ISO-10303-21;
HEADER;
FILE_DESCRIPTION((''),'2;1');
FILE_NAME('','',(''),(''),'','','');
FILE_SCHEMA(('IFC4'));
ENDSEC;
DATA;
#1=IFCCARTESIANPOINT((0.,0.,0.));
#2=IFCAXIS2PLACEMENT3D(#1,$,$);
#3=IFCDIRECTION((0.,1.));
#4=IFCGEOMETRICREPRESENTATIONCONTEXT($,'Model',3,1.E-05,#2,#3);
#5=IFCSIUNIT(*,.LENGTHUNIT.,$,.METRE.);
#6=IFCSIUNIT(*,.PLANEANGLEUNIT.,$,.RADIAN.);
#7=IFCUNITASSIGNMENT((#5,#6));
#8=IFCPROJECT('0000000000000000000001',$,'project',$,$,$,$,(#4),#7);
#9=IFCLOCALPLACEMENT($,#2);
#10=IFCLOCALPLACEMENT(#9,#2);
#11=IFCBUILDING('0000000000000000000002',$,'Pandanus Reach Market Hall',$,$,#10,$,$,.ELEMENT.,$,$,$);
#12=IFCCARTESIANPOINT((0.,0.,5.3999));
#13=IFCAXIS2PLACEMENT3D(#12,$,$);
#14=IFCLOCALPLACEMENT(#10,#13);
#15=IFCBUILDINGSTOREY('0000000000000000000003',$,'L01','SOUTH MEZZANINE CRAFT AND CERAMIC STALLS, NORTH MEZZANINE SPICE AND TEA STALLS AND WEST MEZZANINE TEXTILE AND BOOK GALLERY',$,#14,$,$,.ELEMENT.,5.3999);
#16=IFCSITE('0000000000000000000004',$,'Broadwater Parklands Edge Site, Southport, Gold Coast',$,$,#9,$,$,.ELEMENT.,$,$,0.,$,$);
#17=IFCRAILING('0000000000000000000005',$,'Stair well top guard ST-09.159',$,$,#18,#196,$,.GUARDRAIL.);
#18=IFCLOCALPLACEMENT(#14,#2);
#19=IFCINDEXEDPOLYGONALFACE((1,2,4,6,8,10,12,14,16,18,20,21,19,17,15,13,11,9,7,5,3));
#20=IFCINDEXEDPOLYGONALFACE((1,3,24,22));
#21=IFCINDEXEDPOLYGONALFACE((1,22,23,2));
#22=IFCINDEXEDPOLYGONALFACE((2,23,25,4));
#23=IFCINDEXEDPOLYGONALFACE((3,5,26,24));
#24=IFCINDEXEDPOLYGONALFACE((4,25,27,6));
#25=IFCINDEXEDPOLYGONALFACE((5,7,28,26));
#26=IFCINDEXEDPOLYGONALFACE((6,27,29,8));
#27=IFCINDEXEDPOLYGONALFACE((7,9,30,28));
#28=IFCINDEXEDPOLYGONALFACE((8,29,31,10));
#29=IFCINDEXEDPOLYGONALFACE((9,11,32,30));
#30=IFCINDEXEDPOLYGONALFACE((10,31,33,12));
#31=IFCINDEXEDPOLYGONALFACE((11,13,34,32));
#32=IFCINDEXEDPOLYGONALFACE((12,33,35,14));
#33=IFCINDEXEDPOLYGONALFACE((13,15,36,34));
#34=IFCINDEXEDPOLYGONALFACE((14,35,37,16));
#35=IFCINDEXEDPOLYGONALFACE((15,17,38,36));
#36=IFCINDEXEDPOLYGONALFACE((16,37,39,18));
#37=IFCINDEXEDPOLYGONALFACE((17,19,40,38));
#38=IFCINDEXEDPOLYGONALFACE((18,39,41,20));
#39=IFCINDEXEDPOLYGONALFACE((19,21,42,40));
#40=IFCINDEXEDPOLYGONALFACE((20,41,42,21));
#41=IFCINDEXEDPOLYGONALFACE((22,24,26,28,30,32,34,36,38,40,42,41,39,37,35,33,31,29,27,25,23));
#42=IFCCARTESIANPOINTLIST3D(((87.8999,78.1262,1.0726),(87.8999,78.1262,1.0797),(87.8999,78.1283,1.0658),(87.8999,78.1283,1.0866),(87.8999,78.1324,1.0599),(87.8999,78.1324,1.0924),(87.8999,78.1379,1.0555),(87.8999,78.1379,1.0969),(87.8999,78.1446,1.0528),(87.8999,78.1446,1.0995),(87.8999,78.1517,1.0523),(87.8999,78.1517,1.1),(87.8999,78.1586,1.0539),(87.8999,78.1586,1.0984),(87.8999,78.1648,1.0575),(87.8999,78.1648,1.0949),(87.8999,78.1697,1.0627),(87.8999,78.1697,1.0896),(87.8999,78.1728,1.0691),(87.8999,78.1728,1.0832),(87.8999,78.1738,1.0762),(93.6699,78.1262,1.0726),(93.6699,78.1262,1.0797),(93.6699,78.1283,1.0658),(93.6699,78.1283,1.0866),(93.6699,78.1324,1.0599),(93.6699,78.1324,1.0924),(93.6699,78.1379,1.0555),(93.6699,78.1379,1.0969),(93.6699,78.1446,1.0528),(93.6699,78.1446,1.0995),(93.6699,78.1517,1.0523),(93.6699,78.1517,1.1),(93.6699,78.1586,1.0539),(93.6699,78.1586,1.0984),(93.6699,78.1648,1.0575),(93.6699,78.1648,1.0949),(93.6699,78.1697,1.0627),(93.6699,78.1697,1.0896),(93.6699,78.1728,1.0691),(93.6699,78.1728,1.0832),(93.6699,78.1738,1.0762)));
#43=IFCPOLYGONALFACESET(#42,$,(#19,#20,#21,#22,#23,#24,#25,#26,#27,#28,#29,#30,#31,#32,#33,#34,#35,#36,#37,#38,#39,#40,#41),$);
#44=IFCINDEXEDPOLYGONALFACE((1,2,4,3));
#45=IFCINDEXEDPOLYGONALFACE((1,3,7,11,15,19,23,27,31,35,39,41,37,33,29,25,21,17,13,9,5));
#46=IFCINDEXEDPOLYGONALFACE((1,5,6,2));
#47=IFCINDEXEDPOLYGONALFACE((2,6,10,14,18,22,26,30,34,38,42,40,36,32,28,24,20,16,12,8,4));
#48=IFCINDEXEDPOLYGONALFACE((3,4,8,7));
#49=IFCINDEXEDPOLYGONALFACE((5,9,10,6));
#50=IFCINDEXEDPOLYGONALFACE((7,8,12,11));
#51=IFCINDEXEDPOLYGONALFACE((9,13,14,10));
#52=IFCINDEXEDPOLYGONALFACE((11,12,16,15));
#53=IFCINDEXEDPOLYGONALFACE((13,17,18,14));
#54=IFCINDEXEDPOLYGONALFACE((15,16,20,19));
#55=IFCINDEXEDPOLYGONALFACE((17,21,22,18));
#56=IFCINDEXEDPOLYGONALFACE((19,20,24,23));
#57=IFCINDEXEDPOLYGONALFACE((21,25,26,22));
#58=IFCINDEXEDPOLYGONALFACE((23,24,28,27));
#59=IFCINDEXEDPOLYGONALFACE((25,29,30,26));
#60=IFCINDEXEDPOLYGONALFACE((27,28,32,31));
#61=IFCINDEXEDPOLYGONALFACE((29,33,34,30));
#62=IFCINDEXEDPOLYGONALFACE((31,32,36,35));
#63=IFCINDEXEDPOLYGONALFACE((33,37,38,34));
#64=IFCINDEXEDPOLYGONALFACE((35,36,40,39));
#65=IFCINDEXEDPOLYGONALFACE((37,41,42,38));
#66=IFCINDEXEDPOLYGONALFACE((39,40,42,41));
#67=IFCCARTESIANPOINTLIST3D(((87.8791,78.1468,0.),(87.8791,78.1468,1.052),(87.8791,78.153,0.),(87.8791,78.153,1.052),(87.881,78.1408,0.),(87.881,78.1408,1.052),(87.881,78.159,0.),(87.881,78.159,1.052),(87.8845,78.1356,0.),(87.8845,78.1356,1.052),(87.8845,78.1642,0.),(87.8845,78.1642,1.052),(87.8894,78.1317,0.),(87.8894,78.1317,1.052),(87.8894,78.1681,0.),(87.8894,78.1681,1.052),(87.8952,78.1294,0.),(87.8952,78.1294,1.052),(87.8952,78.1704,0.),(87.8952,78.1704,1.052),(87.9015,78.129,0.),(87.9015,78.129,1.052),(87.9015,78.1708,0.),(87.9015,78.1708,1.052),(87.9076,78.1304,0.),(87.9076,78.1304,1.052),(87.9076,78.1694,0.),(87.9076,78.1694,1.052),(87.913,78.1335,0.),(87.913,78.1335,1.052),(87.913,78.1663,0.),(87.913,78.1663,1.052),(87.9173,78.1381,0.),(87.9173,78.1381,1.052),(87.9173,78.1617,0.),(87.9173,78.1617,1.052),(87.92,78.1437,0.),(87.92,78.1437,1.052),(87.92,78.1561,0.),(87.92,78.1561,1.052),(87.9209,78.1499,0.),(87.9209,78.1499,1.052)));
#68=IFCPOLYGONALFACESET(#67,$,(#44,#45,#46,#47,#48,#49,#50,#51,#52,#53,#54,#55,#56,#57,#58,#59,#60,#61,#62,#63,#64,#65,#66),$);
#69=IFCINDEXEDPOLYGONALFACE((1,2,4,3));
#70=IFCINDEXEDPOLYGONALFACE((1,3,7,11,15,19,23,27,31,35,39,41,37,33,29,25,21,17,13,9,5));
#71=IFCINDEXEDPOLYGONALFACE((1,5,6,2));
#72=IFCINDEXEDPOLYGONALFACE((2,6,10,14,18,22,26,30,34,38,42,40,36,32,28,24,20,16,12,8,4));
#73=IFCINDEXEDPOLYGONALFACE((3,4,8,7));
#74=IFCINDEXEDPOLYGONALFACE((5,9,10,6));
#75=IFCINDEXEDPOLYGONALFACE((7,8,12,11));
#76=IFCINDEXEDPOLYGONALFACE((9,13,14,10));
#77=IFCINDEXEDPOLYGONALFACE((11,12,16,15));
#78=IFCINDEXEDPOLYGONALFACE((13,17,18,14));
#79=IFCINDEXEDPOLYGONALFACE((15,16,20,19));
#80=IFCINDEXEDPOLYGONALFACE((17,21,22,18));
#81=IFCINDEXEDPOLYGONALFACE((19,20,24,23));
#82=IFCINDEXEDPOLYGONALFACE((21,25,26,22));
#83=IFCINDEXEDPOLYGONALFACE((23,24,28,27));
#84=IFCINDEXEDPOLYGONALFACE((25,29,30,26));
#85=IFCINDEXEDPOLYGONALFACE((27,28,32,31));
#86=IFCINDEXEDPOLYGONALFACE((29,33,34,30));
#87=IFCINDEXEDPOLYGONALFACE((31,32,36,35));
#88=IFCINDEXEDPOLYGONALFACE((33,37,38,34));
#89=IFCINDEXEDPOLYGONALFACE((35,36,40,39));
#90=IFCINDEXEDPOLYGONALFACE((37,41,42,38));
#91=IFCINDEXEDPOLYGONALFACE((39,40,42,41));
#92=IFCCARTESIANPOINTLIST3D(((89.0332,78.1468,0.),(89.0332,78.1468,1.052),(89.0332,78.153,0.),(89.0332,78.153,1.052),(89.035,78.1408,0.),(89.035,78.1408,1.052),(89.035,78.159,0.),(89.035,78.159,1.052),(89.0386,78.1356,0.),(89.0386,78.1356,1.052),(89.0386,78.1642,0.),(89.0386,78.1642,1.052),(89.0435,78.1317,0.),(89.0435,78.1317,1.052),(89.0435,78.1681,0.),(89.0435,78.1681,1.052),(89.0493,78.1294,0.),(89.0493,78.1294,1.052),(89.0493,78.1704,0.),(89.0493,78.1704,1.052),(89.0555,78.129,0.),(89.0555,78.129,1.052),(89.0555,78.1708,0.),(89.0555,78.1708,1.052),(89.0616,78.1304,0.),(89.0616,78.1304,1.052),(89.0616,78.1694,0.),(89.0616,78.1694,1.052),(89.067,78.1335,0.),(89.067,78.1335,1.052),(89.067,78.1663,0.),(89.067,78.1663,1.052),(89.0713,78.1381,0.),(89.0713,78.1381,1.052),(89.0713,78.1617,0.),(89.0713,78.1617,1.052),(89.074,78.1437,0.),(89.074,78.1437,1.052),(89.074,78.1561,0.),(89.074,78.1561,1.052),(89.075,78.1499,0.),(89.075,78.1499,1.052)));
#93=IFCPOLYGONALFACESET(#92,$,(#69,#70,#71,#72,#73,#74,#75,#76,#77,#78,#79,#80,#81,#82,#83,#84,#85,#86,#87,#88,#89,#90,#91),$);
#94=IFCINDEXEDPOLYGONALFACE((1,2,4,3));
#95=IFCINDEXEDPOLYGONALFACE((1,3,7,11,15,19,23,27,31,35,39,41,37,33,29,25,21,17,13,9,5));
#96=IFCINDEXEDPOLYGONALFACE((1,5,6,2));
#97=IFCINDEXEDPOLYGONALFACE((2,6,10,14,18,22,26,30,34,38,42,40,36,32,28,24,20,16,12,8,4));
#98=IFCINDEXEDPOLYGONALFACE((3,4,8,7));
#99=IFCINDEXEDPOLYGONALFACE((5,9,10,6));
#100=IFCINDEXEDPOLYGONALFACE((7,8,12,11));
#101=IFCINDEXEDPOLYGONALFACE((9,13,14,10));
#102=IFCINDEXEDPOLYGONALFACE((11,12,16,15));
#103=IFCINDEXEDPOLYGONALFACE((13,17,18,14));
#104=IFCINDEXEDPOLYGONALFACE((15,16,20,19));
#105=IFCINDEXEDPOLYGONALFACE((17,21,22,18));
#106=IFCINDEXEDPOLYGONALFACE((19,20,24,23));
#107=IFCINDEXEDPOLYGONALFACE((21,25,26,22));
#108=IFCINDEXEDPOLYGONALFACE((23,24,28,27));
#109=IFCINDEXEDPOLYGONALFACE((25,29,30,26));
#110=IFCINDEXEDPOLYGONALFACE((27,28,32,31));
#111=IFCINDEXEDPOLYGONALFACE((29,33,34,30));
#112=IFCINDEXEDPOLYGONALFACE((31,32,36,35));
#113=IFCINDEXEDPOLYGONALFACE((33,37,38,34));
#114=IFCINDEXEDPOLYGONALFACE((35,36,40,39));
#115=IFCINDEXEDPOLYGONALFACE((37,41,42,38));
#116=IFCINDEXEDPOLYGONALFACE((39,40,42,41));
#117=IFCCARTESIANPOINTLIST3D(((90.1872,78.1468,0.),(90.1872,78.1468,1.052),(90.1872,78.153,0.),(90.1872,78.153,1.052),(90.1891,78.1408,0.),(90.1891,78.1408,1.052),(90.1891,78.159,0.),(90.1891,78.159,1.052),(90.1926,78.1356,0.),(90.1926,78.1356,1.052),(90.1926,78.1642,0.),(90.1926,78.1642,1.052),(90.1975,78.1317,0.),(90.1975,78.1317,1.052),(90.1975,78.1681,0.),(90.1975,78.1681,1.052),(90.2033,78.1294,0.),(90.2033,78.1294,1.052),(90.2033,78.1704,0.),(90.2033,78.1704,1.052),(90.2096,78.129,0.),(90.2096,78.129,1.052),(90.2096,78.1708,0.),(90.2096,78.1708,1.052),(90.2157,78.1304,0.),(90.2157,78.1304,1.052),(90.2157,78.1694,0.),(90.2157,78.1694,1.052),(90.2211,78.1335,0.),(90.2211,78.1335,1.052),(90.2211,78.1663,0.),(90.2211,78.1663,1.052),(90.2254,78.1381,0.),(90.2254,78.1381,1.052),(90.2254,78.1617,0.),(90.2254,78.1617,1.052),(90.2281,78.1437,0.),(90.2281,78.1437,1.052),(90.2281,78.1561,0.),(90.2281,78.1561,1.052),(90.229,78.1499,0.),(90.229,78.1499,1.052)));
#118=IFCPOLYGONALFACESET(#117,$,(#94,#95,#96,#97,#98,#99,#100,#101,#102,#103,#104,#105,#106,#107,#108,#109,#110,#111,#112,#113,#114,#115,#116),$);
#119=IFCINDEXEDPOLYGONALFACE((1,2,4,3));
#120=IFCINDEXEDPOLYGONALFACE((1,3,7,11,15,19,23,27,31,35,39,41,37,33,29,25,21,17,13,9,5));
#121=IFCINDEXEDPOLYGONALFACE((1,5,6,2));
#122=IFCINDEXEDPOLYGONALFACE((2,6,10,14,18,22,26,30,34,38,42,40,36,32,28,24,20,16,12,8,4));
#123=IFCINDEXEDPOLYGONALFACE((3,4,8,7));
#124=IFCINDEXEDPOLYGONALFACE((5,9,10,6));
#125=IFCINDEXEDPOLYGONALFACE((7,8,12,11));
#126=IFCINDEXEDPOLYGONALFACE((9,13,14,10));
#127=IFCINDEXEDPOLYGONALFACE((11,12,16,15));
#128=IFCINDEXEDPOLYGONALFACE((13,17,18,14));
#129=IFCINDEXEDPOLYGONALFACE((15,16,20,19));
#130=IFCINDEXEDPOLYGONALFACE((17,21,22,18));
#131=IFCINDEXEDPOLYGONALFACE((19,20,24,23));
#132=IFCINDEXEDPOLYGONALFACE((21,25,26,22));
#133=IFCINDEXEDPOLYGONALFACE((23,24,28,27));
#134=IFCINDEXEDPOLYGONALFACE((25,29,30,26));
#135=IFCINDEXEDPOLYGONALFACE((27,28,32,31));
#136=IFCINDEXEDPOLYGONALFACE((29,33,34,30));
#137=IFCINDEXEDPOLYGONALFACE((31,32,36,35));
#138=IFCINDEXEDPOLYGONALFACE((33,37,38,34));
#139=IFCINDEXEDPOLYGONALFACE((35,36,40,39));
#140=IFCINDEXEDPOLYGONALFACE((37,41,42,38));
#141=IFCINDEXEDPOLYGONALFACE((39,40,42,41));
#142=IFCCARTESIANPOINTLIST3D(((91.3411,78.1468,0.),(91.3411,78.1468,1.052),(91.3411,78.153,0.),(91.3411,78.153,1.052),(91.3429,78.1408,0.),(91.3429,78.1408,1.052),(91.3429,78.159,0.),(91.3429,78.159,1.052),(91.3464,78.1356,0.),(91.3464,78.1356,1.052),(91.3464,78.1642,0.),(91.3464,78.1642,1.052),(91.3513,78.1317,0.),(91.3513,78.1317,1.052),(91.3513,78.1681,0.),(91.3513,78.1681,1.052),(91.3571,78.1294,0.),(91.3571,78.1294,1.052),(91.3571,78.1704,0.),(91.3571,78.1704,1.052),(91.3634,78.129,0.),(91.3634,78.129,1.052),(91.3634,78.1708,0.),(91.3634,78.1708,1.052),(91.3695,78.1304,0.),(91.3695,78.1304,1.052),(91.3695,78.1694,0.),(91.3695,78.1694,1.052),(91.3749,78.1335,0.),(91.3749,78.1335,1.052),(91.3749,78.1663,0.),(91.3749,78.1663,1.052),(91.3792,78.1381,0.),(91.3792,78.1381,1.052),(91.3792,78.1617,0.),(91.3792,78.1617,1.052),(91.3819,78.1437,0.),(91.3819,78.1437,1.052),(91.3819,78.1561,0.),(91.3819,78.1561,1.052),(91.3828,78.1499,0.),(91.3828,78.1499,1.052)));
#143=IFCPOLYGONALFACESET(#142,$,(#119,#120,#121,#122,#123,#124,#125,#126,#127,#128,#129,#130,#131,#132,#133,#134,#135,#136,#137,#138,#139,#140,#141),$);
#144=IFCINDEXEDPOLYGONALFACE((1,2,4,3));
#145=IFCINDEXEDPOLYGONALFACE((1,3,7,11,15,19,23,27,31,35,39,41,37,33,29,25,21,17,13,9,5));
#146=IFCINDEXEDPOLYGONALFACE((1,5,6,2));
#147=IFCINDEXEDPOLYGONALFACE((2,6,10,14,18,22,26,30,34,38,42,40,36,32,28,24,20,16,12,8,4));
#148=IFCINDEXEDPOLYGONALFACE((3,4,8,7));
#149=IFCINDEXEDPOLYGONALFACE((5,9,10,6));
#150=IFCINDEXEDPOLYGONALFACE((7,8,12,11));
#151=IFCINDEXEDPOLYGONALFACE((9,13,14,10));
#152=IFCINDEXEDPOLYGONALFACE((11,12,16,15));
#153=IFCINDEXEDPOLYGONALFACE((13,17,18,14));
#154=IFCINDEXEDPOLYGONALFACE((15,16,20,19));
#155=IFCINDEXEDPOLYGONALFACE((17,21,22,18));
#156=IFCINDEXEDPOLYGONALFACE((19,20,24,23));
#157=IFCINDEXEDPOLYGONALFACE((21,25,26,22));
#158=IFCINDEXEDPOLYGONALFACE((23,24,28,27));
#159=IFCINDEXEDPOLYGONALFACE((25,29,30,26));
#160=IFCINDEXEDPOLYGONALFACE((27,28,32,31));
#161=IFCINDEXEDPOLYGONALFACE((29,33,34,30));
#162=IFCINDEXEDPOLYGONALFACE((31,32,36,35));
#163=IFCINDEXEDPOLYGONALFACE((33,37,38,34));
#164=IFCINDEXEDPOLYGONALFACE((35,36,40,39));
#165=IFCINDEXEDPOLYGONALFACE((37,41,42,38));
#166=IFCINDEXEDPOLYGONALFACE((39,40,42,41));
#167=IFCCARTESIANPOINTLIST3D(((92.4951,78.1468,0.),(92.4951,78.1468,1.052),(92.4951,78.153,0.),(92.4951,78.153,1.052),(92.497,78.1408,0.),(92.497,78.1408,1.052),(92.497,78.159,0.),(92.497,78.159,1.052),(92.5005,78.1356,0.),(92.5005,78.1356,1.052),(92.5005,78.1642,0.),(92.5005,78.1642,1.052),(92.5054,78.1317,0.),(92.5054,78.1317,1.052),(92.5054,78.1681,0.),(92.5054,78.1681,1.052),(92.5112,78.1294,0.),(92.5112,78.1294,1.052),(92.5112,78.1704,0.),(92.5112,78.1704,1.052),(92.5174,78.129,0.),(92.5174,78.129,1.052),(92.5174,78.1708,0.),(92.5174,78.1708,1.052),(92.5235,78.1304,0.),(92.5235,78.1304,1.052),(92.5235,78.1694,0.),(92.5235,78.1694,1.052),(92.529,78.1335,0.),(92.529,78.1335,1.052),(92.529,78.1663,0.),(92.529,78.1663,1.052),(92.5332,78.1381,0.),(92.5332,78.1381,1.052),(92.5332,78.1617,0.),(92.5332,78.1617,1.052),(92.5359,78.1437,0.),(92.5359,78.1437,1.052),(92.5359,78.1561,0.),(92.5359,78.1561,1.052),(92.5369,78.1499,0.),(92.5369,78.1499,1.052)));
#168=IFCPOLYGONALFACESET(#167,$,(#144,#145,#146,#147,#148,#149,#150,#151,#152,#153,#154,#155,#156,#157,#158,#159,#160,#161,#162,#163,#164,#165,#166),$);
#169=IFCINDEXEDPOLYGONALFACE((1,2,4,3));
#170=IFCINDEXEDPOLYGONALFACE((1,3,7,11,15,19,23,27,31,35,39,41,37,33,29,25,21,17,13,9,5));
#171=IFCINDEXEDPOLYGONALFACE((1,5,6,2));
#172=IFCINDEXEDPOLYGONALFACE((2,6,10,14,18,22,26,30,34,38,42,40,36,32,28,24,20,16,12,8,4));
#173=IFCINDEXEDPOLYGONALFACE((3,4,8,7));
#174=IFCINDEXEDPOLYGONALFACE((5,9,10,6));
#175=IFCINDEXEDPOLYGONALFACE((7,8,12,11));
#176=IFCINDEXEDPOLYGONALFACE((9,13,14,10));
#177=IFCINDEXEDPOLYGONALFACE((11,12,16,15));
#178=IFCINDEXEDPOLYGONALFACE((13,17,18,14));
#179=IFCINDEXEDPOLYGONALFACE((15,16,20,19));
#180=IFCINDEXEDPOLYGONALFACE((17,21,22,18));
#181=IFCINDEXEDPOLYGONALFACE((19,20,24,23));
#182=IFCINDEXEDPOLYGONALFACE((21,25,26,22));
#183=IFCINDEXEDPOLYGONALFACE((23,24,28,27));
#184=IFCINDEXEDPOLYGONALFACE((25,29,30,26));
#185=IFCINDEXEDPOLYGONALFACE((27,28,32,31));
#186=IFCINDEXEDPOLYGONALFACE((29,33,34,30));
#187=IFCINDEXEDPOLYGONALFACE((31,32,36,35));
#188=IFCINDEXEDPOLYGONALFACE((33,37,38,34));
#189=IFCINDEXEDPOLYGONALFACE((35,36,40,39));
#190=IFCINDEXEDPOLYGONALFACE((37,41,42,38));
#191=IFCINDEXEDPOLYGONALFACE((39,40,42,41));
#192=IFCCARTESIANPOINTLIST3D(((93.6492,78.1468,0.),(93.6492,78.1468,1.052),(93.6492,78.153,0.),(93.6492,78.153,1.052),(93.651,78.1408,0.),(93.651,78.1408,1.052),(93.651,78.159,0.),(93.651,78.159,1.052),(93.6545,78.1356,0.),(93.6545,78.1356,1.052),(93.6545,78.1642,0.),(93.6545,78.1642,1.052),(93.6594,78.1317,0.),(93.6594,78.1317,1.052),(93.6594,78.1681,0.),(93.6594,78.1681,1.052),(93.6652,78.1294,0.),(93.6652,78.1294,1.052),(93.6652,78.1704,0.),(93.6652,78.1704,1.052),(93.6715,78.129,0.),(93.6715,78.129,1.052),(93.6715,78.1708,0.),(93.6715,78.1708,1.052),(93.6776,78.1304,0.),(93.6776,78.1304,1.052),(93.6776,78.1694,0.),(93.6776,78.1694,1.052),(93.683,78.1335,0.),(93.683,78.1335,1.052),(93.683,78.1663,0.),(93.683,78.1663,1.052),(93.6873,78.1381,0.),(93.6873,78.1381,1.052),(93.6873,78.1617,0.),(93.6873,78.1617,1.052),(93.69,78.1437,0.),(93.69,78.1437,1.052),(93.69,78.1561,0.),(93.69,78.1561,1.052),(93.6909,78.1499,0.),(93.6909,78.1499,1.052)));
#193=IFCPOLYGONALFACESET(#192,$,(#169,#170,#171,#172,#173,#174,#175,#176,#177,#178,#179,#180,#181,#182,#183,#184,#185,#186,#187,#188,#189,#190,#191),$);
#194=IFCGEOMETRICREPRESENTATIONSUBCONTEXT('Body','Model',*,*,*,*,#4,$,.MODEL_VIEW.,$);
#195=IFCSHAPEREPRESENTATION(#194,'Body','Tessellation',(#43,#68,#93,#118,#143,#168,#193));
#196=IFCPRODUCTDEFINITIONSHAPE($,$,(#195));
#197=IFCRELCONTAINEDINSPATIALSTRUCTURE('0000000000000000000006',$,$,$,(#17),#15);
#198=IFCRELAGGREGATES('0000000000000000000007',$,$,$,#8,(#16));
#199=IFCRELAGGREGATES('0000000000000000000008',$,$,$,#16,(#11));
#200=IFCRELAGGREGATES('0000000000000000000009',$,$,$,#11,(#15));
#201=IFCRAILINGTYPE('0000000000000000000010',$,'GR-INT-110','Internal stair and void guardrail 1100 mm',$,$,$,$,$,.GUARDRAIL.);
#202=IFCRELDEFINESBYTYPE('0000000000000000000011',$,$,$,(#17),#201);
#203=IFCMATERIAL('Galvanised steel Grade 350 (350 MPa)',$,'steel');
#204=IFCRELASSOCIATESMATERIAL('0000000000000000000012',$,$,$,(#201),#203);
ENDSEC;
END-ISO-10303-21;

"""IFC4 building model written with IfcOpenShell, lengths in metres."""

from ifc_helpers import new_model, si_unit, direction, frame, origin, origin_2d, place, context, subcontext, project, spatial, circle, extrude, material, type_object, element, save


model = new_model("IFC4")

# Units and contexts
model_context = context("Model", 3, precision=1e-05, world=origin(), true_north=direction((0.0, 1.0)))
body_context = subcontext(model_context, "Body", "Model", "MODEL_VIEW")
ifc_project = project(units=[si_unit("LENGTHUNIT", "METRE"), si_unit("PLANEANGLEUNIT", "RADIAN")], contexts=[model_context])

# Site, building, storey
site_placement = place(None, origin())
site = spatial("IfcSite", under=ifc_project, at=site_placement, Name="Broadwater Parklands Edge Site, Southport, Gold Coast", CompositionType="ELEMENT", RefElevation=0.0)
building_placement = place(site_placement, origin())
building = spatial("IfcBuilding", under=site, at=building_placement, Name="Pandanus Reach Market Hall", CompositionType="ELEMENT")
storey_placement = place(building_placement, frame((0.0, 0.0, 5.3999)))
storey = spatial("IfcBuildingStorey", under=building, at=storey_placement, Name="L01", Description="SOUTH MEZZANINE CRAFT AND CERAMIC STALLS, NORTH MEZZANINE SPICE AND TEA STALLS AND WEST MEZZANINE TEXTILE AND BOOK GALLERY", CompositionType="ELEMENT", Elevation=5.3999)

# Railing
ifc_material_1 = material(Name="Galvanised steel Grade 350 (350 MPa)", Category="steel")
railing_type = type_object("IfcRailingType", Name="GR-INT-110", Description="Internal stair and void guardrail 1100 mm", PredefinedType="GUARDRAIL", material=ifc_material_1)
for number, where, name in (
    (1, (87.8999, 78.1499, 0.0), "Stair well top guard ST-09.159"),
):
    element("IfcRailing", number, at=place(storey_placement, frame(where)), inside=storey, type_object=railing_type, Name=name, PredefinedType="GUARDRAIL", context=body_context, shape_type="SweptSolid", body=[
        extrude(circle(Radius=0.0239, at=origin_2d()), frame((0.0, 0.0, 1.0762), z_axis=(1.0, 0.0, 0.0), x_axis=(0.0, 1.0, 0.0)), (0.0, 0.0, 1.0), 5.77),
        extrude(circle(Radius=0.021, at=origin_2d()), origin(), (0.0, 0.0, 1.0), 1.052),
        extrude(circle(Radius=0.021, at=origin_2d()), frame((1.1541, 0.0, 0.0)), (0.0, 0.0, 1.0), 1.052),
        extrude(circle(Radius=0.021, at=origin_2d()), frame((2.3081, 0.0, 0.0)), (0.0, 0.0, 1.0), 1.052),
        extrude(circle(Radius=0.021, at=origin_2d()), frame((3.4619, 0.0, 0.0)), (0.0, 0.0, 1.0), 1.052),
        extrude(circle(Radius=0.021, at=origin_2d()), frame((4.616, 0.0, 0.0)), (0.0, 0.0, 1.0), 1.052),
        extrude(circle(Radius=0.021, at=origin_2d()), frame((5.77, 0.0, 0.0)), (0.0, 0.0, 1.0), 1.052),
    ])

save(model, "model.ifc")
